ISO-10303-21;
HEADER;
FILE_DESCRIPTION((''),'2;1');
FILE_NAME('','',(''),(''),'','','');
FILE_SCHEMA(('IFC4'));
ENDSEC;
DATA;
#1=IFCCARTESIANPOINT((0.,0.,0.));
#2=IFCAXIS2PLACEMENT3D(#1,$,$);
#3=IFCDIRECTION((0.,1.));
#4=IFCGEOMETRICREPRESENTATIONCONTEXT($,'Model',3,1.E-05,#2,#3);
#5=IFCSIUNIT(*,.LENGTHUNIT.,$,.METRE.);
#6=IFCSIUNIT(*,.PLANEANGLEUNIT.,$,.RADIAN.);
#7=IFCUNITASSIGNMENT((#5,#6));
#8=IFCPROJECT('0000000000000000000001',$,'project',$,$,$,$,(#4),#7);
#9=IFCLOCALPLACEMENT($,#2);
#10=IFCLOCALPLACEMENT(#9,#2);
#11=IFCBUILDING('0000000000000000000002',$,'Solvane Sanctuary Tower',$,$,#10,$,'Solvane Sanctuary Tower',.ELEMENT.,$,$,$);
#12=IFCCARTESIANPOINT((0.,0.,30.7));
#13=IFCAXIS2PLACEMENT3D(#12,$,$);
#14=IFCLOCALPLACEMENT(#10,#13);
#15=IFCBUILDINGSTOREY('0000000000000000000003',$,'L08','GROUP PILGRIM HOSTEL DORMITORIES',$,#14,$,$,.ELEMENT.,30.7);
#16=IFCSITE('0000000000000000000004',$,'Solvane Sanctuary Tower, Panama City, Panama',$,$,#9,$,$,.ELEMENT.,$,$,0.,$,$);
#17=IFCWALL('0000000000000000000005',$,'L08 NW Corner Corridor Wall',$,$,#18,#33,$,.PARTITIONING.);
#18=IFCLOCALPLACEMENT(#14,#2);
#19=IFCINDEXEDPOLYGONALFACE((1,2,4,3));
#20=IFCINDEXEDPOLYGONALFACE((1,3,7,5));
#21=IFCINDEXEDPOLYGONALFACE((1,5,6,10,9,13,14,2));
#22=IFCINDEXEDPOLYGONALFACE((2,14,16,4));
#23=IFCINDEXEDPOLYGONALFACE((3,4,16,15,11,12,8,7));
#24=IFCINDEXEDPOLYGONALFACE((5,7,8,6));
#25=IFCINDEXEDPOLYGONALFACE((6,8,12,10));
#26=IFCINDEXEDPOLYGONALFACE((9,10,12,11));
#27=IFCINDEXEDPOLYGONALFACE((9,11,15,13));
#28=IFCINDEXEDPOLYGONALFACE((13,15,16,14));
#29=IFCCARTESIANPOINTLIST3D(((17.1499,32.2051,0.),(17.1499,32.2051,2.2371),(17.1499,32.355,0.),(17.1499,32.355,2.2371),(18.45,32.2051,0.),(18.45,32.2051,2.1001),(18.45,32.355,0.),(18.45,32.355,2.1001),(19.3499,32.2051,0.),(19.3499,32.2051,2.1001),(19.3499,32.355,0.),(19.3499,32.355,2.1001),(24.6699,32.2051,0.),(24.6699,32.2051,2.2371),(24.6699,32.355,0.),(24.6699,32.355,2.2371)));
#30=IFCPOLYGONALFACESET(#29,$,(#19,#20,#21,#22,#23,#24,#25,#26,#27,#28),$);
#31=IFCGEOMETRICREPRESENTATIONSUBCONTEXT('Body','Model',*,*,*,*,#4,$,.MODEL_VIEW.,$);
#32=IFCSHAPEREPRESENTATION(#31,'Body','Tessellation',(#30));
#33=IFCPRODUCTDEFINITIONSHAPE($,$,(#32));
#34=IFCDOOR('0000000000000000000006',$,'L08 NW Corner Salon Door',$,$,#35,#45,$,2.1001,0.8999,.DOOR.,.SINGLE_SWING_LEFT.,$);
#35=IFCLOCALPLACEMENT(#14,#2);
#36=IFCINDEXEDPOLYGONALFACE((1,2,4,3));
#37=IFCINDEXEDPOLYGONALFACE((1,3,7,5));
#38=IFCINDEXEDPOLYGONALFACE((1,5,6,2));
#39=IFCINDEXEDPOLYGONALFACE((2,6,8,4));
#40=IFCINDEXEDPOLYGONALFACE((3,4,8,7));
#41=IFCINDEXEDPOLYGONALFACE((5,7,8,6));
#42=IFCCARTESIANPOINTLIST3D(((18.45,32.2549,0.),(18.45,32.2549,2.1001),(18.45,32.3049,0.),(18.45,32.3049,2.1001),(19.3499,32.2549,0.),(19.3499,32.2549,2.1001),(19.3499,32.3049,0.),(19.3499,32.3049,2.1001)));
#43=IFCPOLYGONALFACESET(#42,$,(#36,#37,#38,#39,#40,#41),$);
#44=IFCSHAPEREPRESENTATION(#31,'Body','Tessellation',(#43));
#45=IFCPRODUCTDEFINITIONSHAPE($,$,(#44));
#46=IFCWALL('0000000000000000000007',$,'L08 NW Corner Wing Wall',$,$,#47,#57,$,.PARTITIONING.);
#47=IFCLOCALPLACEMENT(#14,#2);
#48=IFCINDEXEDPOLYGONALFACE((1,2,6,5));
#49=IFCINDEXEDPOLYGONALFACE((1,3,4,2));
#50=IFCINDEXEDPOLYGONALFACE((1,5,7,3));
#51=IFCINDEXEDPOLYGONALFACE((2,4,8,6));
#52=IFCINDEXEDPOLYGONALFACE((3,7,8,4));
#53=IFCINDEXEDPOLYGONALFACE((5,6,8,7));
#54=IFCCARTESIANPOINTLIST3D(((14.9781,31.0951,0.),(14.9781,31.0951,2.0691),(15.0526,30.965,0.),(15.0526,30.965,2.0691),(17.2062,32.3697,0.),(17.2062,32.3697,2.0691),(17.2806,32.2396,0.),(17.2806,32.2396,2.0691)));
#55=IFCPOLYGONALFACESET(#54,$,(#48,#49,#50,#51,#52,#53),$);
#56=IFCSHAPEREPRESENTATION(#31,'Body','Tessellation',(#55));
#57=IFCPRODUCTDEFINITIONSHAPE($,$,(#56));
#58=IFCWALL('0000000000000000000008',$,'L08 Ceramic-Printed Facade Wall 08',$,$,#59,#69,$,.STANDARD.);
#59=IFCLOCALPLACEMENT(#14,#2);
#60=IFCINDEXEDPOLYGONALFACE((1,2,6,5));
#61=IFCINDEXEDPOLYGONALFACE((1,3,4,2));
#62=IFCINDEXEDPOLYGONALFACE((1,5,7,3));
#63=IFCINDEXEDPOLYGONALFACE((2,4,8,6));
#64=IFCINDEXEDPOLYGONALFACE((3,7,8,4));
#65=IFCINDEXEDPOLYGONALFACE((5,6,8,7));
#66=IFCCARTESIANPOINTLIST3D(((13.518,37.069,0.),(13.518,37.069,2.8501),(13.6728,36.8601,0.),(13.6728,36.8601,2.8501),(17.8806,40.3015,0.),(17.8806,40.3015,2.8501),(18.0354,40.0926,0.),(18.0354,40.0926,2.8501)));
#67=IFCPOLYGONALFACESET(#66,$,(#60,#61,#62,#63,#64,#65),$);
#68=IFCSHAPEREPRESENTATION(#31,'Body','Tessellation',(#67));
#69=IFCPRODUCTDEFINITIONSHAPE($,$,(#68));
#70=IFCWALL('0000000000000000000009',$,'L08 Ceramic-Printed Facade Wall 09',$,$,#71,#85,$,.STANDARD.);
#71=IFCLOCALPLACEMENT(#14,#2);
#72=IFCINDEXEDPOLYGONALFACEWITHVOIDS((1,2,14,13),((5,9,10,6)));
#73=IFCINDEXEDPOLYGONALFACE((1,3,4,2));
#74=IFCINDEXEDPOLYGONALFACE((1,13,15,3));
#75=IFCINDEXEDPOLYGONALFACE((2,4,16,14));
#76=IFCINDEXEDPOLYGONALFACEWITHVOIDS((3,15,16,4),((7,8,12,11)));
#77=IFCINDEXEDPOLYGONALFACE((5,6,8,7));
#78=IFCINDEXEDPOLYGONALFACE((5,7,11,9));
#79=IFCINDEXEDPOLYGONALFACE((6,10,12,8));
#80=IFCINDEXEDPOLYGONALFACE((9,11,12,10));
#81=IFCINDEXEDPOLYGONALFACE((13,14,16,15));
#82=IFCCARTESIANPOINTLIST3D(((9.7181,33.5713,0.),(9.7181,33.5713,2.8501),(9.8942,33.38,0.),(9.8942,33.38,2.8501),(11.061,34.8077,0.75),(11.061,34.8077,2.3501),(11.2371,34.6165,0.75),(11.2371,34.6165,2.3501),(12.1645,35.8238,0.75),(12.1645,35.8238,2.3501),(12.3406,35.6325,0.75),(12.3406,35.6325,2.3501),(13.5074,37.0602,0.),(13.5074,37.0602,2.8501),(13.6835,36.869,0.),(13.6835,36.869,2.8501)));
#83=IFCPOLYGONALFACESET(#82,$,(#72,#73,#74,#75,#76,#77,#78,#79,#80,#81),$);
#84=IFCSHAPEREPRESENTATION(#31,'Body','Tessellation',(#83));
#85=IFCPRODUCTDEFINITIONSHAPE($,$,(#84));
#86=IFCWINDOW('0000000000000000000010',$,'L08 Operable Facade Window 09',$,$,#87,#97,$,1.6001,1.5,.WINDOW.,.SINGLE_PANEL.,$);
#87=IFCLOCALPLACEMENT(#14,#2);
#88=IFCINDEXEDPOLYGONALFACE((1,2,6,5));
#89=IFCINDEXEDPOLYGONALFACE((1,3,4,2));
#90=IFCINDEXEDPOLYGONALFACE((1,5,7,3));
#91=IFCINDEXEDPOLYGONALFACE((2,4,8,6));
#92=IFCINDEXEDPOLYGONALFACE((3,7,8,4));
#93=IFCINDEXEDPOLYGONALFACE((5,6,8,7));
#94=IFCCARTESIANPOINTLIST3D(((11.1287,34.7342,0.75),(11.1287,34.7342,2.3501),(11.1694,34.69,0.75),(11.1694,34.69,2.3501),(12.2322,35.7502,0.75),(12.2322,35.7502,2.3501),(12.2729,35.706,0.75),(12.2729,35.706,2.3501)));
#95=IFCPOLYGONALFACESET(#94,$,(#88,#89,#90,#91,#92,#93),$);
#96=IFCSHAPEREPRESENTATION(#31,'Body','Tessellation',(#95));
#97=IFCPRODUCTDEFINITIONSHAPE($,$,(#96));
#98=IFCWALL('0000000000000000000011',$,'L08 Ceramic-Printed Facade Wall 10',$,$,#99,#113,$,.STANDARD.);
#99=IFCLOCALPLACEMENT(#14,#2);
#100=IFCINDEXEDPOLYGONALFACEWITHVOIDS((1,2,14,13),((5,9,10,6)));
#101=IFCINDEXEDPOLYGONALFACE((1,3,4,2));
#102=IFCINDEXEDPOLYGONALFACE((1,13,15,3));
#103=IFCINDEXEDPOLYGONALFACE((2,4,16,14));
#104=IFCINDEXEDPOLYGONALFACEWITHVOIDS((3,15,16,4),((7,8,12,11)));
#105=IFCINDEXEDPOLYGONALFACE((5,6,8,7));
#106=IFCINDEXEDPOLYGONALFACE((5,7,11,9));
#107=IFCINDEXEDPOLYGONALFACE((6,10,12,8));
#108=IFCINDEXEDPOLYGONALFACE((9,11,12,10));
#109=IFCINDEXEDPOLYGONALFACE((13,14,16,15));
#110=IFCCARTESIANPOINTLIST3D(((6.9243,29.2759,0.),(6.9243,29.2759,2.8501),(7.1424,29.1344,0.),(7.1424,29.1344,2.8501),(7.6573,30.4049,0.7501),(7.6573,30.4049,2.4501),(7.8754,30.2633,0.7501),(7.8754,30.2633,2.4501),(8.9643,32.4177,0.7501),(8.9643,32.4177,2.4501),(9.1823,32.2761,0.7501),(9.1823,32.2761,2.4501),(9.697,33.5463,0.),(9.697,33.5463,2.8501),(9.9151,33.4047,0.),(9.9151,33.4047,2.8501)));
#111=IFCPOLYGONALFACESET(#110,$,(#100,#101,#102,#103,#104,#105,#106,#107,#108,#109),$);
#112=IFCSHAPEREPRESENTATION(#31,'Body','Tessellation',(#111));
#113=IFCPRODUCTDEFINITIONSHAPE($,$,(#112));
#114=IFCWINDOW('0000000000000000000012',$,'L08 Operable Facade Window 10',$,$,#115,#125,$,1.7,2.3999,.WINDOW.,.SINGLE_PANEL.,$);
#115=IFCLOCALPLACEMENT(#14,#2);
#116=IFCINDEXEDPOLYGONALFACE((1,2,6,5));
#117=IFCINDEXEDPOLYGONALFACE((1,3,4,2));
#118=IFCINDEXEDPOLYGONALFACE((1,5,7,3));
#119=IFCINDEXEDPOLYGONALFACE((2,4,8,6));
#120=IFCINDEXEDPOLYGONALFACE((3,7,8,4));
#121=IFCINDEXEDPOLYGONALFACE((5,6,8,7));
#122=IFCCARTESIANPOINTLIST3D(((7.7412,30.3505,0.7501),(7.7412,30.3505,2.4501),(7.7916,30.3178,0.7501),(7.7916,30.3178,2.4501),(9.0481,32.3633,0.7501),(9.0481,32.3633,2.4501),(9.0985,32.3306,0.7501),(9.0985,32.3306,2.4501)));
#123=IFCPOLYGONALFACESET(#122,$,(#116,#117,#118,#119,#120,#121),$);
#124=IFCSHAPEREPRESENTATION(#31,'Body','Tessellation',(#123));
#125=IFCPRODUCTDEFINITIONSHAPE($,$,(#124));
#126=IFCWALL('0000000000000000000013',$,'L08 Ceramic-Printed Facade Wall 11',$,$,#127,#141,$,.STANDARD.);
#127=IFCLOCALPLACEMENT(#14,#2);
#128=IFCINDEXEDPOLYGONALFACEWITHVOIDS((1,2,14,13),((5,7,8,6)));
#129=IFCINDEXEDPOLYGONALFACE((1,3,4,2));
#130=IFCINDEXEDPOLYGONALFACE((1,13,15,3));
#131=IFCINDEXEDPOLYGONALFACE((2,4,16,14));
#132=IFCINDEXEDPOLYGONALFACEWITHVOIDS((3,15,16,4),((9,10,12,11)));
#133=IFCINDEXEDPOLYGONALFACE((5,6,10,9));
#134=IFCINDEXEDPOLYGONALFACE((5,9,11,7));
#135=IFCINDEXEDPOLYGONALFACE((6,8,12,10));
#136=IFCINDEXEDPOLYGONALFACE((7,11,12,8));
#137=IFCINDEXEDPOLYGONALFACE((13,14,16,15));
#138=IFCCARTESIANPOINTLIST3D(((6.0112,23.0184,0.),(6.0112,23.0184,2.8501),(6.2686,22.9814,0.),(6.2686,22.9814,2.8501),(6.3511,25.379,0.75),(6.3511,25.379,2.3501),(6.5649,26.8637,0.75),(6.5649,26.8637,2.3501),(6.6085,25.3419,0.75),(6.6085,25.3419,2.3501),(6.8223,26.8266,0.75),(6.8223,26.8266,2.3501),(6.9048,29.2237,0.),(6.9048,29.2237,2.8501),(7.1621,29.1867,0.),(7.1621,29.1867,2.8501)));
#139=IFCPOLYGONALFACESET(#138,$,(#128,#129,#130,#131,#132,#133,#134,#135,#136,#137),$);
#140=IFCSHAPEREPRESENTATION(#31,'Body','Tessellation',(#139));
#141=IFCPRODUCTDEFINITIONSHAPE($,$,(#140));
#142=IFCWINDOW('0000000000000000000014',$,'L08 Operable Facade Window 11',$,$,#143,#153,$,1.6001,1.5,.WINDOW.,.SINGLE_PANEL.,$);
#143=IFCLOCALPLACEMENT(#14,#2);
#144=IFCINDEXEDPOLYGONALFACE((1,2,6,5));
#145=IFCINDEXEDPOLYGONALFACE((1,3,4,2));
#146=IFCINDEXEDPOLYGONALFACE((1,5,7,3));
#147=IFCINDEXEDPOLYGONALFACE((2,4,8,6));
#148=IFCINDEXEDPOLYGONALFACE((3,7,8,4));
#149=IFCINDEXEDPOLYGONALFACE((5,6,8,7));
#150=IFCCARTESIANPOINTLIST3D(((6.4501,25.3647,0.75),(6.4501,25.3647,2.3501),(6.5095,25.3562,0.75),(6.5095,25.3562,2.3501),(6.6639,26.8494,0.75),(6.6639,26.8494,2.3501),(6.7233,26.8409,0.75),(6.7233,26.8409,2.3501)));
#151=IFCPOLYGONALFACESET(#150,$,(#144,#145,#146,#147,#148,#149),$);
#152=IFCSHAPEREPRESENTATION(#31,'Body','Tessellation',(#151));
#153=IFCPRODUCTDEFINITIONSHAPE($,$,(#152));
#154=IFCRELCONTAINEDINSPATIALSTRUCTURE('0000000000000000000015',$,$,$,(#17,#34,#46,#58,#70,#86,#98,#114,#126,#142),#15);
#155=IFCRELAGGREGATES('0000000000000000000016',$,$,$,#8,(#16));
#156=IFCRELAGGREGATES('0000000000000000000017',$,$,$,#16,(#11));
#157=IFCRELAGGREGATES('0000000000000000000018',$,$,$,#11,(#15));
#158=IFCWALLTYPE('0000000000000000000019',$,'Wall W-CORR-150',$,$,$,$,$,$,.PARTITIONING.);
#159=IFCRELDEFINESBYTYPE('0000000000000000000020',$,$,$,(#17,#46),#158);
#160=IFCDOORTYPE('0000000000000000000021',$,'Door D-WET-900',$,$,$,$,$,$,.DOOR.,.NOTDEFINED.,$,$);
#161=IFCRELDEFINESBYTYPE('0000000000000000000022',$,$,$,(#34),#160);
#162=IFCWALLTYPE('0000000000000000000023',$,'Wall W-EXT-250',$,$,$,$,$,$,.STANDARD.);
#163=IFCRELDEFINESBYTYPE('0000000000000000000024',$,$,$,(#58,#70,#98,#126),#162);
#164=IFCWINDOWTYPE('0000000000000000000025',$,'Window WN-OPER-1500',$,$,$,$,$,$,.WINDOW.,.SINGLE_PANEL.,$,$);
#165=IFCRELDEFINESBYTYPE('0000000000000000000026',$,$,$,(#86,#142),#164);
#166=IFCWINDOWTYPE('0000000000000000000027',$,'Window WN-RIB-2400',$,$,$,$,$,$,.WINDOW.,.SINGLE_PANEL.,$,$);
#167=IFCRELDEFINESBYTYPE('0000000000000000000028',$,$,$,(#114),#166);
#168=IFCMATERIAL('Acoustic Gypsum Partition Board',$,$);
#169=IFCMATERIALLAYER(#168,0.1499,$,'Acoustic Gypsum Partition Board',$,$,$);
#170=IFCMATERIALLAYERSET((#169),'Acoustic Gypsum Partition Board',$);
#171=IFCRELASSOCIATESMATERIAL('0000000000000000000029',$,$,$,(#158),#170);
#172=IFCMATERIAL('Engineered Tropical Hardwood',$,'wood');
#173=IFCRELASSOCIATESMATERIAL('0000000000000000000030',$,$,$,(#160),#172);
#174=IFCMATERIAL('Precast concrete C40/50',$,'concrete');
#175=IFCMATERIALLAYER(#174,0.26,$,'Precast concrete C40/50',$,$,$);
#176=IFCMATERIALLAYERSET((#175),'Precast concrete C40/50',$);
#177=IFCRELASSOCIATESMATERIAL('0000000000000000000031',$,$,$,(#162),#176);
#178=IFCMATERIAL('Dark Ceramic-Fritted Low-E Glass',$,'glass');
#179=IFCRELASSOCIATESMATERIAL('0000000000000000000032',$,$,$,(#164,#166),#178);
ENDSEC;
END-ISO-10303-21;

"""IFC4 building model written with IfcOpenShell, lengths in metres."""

from ifc_helpers import new_model, si_unit, direction, frame, frame_2d, origin, place, context, subcontext, project, spatial, rectangle, extrude, material, layer, layer_set, type_object, element, fill, save


model = new_model("IFC4")

# Units and contexts
model_context = context("Model", 3, precision=1e-05, world=origin(), true_north=direction((0.0, 1.0)))
body_context = subcontext(model_context, "Body", "Model", "MODEL_VIEW")
ifc_project = project(units=[si_unit("LENGTHUNIT", "METRE"), si_unit("PLANEANGLEUNIT", "RADIAN")], contexts=[model_context])

# Site, building, storey
site_placement = place(None, origin())
site = spatial("IfcSite", under=ifc_project, at=site_placement, Name="Solvane Sanctuary Tower, Panama City, Panama", CompositionType="ELEMENT", RefElevation=0.0)
building_placement = place(site_placement, origin())
building = spatial("IfcBuilding", under=site, at=building_placement, Name="Solvane Sanctuary Tower", LongName="Solvane Sanctuary Tower", CompositionType="ELEMENT")
storey_placement = place(building_placement, frame((0.0, 0.0, 30.7)))
storey = spatial("IfcBuildingStorey", under=building, at=storey_placement, Name="L08", Description="GROUP PILGRIM HOSTEL DORMITORIES", CompositionType="ELEMENT", Elevation=30.7)

# Shared definitions
ifc_material_1 = material(Name="Acoustic Gypsum Partition Board")
ifc_layer_1 = layer(ifc_material_1, 0.1499, Name="Acoustic Gypsum Partition Board")
ifc_layer_set_1 = layer_set([ifc_layer_1], Name="Acoustic Gypsum Partition Board")
wall_type_1 = type_object("IfcWallType", Name="Wall W-CORR-150", PredefinedType="PARTITIONING", material=ifc_layer_set_1)

# Wall, opening, door
wall_1_placement = place(storey_placement, frame((17.1499, 32.28, 0.0), z_axis=(0.0, 0.0, 1.0), x_axis=(1.0, 0.0, 0.0)))
wall_1 = element("IfcWall", 1, at=wall_1_placement, inside=storey, type_object=wall_type_1, Name="L08 NW Corner Corridor Wall", PredefinedType="PARTITIONING", context=body_context, shape_type="SweptSolid", body=[
    extrude(rectangle(XDim=7.52, YDim=0.1499, at=frame_2d((3.76, 0.0))), origin(), (0.0, 0.0, 1.0), 2.2371),
])
opening_1_placement = place(wall_1_placement, frame((1.3, 0.0, 0.0)))
opening_1 = element("IfcOpeningElement", 2, at=opening_1_placement, cuts=wall_1, PredefinedType="OPENING", context=body_context, shape_type="SweptSolid", body=[
    extrude(rectangle(XDim=0.8999, YDim=2.1001, at=frame_2d((0.45, 1.05))), frame((0.0, 0.085, 0.0), z_axis=(0.0, -1.0, 0.0), x_axis=(1.0, 0.0, 0.0)), (0.0, 0.0, 1.0), 0.1699),
])
ifc_material_2 = material(Name="Engineered Tropical Hardwood", Category="wood")
door_type_1 = type_object("IfcDoorType", Name="Door D-WET-900", OperationType="NOTDEFINED", PredefinedType="DOOR", material=ifc_material_2)
door_1_placement = place(opening_1_placement, origin())
door_1 = element("IfcDoor", 3, at=door_1_placement, inside=storey, type_object=door_type_1, Name="L08 NW Corner Salon Door", OperationType="SINGLE_SWING_LEFT", OverallHeight=2.1001, OverallWidth=0.8999, PredefinedType="DOOR", context=body_context, shape_type="SweptSolid", body=[
    extrude(rectangle(XDim=0.8999, YDim=2.1001, at=frame_2d((0.45, 1.05))), frame((0.0, 0.0249, 0.0), z_axis=(0.0, -1.0, 0.0), x_axis=(1.0, 0.0, 0.0)), (0.0, 0.0, 1.0), 0.05),
])
fill(opening_1, door_1)

# Walls
wall_2_placement = place(storey_placement, frame((17.2434, 32.3047, 0.0), z_axis=(0.0, 0.0, 1.0), x_axis=(-0.867991, -0.496579, 0.0)))
element("IfcWall", 4, at=wall_2_placement, inside=storey, type_object=wall_type_1, Name="L08 NW Corner Wing Wall", PredefinedType="PARTITIONING", context=body_context, shape_type="SweptSolid", body=[
    extrude(rectangle(XDim=2.5669, YDim=0.1499, at=frame_2d((1.2834, 0.0))), origin(), (0.0, 0.0, 1.0), 2.0691),
])
ifc_material_3 = material(Name="Precast concrete C40/50", Category="concrete")
ifc_layer_2 = layer(ifc_material_3, 0.26, Name="Precast concrete C40/50")
ifc_layer_set_2 = layer_set([ifc_layer_2], Name="Precast concrete C40/50")
wall_type_2 = type_object("IfcWallType", Name="Wall W-EXT-250", PredefinedType="STANDARD", material=ifc_layer_set_2)
wall_3_placement = place(storey_placement, frame((17.958, 40.197, 0.0), z_axis=(0.0, 0.0, 1.0), x_axis=(-0.803478, -0.595335, 0.0)))
element("IfcWall", 5, at=wall_3_placement, inside=storey, type_object=wall_type_2, Name="L08 Ceramic-Printed Facade Wall 08", PredefinedType="STANDARD", context=body_context, shape_type="SweptSolid", body=[
    extrude(rectangle(XDim=5.4297, YDim=0.26, at=frame_2d((2.7148, 0.0))), origin(), (0.0, 0.0, 1.0), 2.8501),
])

# Walls, openings, windows
wall_4_placement = place(storey_placement, frame((13.5955, 36.9646, 0.0), z_axis=(0.0, 0.0, 1.0), x_axis=(-0.735655, -0.677356, 0.0)))
wall_4 = element("IfcWall", 6, at=wall_4_placement, inside=storey, type_object=wall_type_2, Name="L08 Ceramic-Printed Facade Wall 09", PredefinedType="STANDARD", context=body_context, shape_type="SweptSolid", body=[
    extrude(rectangle(XDim=5.1509, YDim=0.26, at=frame_2d((2.5754, 0.0))), origin(), (0.0, 0.0, 1.0), 2.8501),
])
opening_2_placement = place(wall_4_placement, frame((1.8254, 0.0, 0.75)))
opening_2 = element("IfcOpeningElement", 7, at=opening_2_placement, cuts=wall_4, PredefinedType="OPENING", context=body_context, shape_type="SweptSolid", body=[
    extrude(rectangle(XDim=1.5, YDim=1.6001, at=frame_2d((0.75, 0.8))), frame((0.0, 0.1399, 0.0), z_axis=(0.0, -1.0, 0.0), x_axis=(1.0, 0.0, 0.0)), (0.0, 0.0, 1.0), 0.28),
])
ifc_material_4 = material(Name="Dark Ceramic-Fritted Low-E Glass", Category="glass")
window_type_1 = type_object("IfcWindowType", Name="Window WN-OPER-1500", PartitioningType="SINGLE_PANEL", PredefinedType="WINDOW", material=ifc_material_4)
window_1_placement = place(opening_2_placement, origin())
window_1 = element("IfcWindow", 8, at=window_1_placement, inside=storey, type_object=window_type_1, Name="L08 Operable Facade Window 09", OverallHeight=1.6001, OverallWidth=1.5, PartitioningType="SINGLE_PANEL", PredefinedType="WINDOW", context=body_context, shape_type="SweptSolid", body=[
    extrude(rectangle(XDim=1.5, YDim=1.6001, at=frame_2d((0.75, 0.8))), frame((0.0, 0.03, 0.0), z_axis=(0.0, -1.0, 0.0), x_axis=(1.0, 0.0, 0.0)), (0.0, 0.0, 1.0), 0.0601),
])
fill(opening_2, window_1)
wall_5_placement = place(storey_placement, frame((9.8062, 33.4756, 0.0), z_axis=(0.0, 0.0, 1.0), x_axis=(-0.544579, -0.83871, 0.0)))
wall_5 = element("IfcWall", 9, at=wall_5_placement, inside=storey, type_object=wall_type_2, Name="L08 Ceramic-Printed Facade Wall 10", PredefinedType="STANDARD", context=body_context, shape_type="SweptSolid", body=[
    extrude(rectangle(XDim=5.0916, YDim=0.26, at=frame_2d((2.5459, 0.0))), origin(), (0.0, 0.0, 1.0), 2.8501),
])
opening_3_placement = place(wall_5_placement, frame((1.3457, 0.0, 0.75)))
opening_3 = element("IfcOpeningElement", 10, at=opening_3_placement, cuts=wall_5, PredefinedType="OPENING", context=body_context, shape_type="SweptSolid", body=[
    extrude(rectangle(XDim=2.3999, YDim=1.7, at=frame_2d((1.2, 0.8501))), frame((0.0, 0.1399, 0.0), z_axis=(0.0, -1.0, 0.0), x_axis=(1.0, 0.0, 0.0)), (0.0, 0.0, 1.0), 0.28),
])
window_type_2 = type_object("IfcWindowType", Name="Window WN-RIB-2400", PartitioningType="SINGLE_PANEL", PredefinedType="WINDOW", material=ifc_material_4)
window_2_placement = place(opening_3_placement, origin())
window_2 = element("IfcWindow", 11, at=window_2_placement, inside=storey, type_object=window_type_2, Name="L08 Operable Facade Window 10", OverallHeight=1.7, OverallWidth=2.3999, PartitioningType="SINGLE_PANEL", PredefinedType="WINDOW", context=body_context, shape_type="SweptSolid", body=[
    extrude(rectangle(XDim=2.3999, YDim=1.7, at=frame_2d((1.2, 0.8501))), frame((0.0, 0.03, 0.0), z_axis=(0.0, -1.0, 0.0), x_axis=(1.0, 0.0, 0.0)), (0.0, 0.0, 1.0), 0.0601),
])
fill(opening_3, window_2)
wall_6_placement = place(storey_placement, frame((7.0334, 29.2053, 0.0), z_axis=(0.0, 0.0, 1.0), x_axis=(-0.142528, -0.989791, 0.0)))
wall_6 = element("IfcWall", 12, at=wall_6_placement, inside=storey, type_object=wall_type_2, Name="L08 Ceramic-Printed Facade Wall 11", PredefinedType="STANDARD", context=body_context, shape_type="SweptSolid", body=[
    extrude(rectangle(XDim=6.2693, YDim=0.26, at=frame_2d((3.1348, 0.0))), origin(), (0.0, 0.0, 1.0), 2.8501),
])
opening_4_placement = place(wall_6_placement, frame((2.3845, 0.0, 0.75)))
opening_4 = element("IfcOpeningElement", 13, at=opening_4_placement, cuts=wall_6, PredefinedType="OPENING", context=body_context, shape_type="SweptSolid", body=[
    extrude(rectangle(XDim=1.5, YDim=1.6001, at=frame_2d((0.75, 0.8))), frame((0.0, 0.1399, 0.0), z_axis=(0.0, -1.0, 0.0), x_axis=(1.0, 0.0, 0.0)), (0.0, 0.0, 1.0), 0.28),
])
window_3_placement = place(opening_4_placement, origin())
window_3 = element("IfcWindow", 14, at=window_3_placement, inside=storey, type_object=window_type_1, Name="L08 Operable Facade Window 11", OverallHeight=1.6001, OverallWidth=1.5, PartitioningType="SINGLE_PANEL", PredefinedType="WINDOW", context=body_context, shape_type="SweptSolid", body=[
    extrude(rectangle(XDim=1.5, YDim=1.6001, at=frame_2d((0.75, 0.8))), frame((0.0, 0.03, 0.0), z_axis=(0.0, -1.0, 0.0), x_axis=(1.0, 0.0, 0.0)), (0.0, 0.0, 1.0), 0.0601),
])
fill(opening_4, window_3)

save(model, "model.ifc")
